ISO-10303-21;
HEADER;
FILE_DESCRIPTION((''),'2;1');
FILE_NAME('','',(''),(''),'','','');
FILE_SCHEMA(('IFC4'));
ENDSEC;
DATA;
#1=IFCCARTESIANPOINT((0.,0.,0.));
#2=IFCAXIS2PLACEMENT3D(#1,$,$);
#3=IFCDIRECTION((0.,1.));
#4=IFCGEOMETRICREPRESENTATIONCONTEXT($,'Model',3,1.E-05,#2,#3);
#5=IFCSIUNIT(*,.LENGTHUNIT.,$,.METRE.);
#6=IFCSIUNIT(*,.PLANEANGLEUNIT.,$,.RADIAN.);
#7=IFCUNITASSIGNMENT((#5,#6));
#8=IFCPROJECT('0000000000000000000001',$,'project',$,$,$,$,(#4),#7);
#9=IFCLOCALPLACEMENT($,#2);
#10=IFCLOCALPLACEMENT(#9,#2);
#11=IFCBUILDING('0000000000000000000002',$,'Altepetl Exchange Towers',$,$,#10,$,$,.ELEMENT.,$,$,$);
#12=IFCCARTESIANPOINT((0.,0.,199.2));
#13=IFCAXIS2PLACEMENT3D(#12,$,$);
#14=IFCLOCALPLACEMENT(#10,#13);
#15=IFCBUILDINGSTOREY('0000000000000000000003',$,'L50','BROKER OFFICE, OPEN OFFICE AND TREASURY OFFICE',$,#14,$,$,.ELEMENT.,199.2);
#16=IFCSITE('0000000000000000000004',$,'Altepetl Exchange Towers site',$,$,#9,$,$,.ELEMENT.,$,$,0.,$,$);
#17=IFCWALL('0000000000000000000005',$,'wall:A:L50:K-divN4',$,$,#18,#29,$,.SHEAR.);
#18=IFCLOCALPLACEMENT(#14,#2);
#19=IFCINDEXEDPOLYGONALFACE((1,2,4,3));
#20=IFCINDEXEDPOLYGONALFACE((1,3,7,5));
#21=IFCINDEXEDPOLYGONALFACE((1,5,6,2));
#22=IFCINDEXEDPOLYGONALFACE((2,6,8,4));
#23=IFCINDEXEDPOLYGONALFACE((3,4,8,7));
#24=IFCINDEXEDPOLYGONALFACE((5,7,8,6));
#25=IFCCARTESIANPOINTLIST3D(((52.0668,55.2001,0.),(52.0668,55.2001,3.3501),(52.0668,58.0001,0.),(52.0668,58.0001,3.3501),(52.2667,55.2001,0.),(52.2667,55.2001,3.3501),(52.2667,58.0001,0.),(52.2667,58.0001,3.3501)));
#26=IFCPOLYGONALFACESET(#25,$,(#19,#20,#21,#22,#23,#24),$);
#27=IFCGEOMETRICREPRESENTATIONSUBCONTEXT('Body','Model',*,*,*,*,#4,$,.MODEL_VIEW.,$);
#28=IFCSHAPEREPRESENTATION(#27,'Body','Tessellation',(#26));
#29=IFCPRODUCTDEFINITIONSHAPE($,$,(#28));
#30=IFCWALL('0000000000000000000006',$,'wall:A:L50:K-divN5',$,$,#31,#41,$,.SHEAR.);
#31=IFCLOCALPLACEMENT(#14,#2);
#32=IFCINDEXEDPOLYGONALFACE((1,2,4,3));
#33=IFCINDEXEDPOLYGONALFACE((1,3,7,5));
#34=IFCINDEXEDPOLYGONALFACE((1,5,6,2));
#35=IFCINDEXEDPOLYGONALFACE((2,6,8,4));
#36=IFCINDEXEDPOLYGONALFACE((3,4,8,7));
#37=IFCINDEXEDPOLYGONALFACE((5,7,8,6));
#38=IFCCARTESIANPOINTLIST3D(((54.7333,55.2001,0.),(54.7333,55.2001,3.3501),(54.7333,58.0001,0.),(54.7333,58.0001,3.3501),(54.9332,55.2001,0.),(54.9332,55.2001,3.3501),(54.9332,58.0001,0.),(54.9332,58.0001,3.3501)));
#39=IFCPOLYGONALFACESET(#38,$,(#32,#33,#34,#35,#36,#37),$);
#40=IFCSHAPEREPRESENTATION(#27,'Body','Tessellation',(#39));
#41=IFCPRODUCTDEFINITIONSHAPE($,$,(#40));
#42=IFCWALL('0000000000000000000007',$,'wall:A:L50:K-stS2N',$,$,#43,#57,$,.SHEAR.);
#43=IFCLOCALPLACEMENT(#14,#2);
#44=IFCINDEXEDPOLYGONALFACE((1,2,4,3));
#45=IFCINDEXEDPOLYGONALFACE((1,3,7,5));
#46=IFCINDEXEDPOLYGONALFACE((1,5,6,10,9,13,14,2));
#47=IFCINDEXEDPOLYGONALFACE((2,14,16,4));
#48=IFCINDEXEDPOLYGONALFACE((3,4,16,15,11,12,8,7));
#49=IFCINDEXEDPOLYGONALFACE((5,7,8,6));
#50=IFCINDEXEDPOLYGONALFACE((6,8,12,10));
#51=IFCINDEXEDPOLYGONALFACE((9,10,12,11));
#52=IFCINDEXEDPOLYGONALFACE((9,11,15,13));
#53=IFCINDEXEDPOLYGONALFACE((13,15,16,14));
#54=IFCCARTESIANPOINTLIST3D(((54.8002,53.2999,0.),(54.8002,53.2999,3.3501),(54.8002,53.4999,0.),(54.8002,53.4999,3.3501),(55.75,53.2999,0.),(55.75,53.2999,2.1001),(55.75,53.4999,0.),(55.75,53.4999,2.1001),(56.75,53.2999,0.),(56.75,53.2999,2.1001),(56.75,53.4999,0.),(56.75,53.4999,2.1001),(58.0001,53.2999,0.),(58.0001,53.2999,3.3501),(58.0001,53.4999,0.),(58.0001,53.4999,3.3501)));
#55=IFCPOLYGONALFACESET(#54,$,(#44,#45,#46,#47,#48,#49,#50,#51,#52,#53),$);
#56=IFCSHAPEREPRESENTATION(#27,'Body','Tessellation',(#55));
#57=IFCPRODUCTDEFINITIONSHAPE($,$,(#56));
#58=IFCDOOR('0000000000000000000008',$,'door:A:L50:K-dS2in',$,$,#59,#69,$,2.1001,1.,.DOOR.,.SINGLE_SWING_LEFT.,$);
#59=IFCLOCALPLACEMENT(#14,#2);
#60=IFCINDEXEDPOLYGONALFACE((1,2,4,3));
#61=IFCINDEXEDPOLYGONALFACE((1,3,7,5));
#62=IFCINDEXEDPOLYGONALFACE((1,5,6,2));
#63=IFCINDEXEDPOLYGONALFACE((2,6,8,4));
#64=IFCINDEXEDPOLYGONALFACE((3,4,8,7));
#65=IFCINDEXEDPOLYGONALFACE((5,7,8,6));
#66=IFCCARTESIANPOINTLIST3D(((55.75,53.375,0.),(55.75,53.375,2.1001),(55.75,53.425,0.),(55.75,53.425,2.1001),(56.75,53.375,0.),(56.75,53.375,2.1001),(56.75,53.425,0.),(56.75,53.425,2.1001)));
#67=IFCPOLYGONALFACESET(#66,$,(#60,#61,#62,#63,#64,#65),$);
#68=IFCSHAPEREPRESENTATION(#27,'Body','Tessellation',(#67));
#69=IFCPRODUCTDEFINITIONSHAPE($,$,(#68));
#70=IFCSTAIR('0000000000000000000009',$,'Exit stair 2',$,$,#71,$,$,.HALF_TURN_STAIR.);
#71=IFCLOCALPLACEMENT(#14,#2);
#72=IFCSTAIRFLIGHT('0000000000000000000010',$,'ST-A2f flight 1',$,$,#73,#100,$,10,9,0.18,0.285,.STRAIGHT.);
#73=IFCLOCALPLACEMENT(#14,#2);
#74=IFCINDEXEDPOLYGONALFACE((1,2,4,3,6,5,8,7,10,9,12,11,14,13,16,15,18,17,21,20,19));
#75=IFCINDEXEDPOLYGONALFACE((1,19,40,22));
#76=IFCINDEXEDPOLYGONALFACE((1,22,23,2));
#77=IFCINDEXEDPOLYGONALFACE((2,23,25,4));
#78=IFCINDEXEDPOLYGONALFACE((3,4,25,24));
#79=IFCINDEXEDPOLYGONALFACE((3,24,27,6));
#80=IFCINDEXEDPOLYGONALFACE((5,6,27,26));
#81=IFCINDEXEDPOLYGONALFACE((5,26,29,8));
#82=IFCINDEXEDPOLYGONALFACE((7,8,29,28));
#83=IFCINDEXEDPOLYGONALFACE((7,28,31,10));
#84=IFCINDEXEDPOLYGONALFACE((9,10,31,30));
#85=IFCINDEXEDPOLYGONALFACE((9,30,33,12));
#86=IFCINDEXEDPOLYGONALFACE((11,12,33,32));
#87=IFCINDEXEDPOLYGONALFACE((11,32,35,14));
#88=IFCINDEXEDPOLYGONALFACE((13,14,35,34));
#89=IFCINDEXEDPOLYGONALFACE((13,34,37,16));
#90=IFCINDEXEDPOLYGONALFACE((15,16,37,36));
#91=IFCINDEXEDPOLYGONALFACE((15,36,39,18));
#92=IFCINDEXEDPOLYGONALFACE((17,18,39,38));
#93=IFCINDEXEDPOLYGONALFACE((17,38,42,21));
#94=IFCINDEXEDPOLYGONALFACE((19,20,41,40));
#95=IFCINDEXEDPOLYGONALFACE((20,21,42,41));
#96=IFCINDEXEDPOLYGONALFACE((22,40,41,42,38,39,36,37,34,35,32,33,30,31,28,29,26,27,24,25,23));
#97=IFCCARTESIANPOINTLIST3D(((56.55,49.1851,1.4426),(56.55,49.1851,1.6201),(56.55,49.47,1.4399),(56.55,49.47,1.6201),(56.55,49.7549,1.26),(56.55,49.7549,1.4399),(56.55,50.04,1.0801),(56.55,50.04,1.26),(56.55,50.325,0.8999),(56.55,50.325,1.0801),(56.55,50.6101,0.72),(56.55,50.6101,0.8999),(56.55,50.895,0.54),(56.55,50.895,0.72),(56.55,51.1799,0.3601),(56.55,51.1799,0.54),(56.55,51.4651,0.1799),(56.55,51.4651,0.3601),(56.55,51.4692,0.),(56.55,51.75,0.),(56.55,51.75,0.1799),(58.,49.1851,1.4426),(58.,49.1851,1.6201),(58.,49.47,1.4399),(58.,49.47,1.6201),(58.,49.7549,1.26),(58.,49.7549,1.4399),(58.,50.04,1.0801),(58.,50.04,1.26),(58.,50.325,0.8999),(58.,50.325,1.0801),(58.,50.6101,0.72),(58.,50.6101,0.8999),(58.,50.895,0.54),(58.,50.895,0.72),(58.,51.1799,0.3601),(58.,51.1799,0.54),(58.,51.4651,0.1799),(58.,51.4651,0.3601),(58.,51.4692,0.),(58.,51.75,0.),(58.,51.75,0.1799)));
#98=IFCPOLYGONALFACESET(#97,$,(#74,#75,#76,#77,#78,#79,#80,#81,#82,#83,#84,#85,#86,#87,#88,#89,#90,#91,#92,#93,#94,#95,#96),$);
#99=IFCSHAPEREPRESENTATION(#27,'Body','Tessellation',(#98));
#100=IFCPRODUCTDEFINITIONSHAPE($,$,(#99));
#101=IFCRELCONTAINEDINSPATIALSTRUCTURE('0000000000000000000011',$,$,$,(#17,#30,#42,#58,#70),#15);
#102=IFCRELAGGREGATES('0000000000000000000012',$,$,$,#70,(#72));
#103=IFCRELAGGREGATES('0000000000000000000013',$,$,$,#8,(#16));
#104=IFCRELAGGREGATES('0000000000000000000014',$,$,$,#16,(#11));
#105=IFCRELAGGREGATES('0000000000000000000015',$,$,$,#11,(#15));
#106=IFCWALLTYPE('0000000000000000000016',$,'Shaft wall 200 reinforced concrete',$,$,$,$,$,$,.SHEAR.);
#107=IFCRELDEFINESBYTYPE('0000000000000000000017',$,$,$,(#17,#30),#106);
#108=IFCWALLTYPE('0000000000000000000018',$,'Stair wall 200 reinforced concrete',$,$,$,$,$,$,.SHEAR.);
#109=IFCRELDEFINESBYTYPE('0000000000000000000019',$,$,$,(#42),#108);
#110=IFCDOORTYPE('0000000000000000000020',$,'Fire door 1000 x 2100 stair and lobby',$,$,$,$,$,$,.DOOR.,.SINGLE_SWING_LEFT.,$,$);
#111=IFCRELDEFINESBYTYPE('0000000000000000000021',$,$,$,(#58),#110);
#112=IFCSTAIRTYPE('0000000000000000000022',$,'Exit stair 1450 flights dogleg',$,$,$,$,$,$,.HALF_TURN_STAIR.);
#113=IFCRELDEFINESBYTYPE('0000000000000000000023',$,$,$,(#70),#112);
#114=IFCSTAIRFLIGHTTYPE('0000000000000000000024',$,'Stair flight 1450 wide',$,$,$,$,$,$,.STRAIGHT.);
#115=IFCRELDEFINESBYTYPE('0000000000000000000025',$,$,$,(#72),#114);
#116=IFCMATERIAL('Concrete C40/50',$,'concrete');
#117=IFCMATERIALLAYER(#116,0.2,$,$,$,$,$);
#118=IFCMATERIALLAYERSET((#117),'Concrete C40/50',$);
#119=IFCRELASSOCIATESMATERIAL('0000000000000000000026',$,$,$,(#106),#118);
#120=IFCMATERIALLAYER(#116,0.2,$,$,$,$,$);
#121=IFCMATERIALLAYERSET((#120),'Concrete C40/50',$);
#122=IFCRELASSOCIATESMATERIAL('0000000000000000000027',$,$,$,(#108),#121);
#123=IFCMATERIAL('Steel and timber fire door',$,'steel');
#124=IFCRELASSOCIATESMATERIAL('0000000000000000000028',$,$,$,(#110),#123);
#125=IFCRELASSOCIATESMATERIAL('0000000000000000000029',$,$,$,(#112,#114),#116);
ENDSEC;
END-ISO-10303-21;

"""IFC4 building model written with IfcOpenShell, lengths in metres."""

from ifc_helpers import new_model, si_unit, direction, frame, frame_2d, origin, place, context, subcontext, project, spatial, polyline, rectangle, outline, extrude, material, layer, layer_set, type_object, element, fill, aggregate, save


model = new_model("IFC4")

# Units and contexts
model_context = context("Model", 3, precision=1e-05, world=origin(), true_north=direction((0.0, 1.0)))
body_context = subcontext(model_context, "Body", "Model", "MODEL_VIEW")
ifc_project = project(units=[si_unit("LENGTHUNIT", "METRE"), si_unit("PLANEANGLEUNIT", "RADIAN")], contexts=[model_context])

# Site, building, storey
site_placement = place(None, origin())
site = spatial("IfcSite", under=ifc_project, at=site_placement, Name="Altepetl Exchange Towers site", CompositionType="ELEMENT", RefElevation=0.0)
building_placement = place(site_placement, origin())
building = spatial("IfcBuilding", under=site, at=building_placement, Name="Altepetl Exchange Towers", CompositionType="ELEMENT")
storey_placement = place(building_placement, frame((0.0, 0.0, 199.2)))
storey = spatial("IfcBuildingStorey", under=building, at=storey_placement, Name="L50", Description="BROKER OFFICE, OPEN OFFICE AND TREASURY OFFICE", CompositionType="ELEMENT", Elevation=199.2)

# Shared definitions
ifc_material_1 = material(Name="Steel and timber fire door", Category="steel")

# Walls
ifc_material_2 = material(Name="Concrete C40/50", Category="concrete")
ifc_layer_1 = layer(ifc_material_2, 0.2)
ifc_layer_set_1 = layer_set([ifc_layer_1], Name="Concrete C40/50")
wall_type_1 = type_object("IfcWallType", Name="Shaft wall 200 reinforced concrete", PredefinedType="SHEAR", material=ifc_layer_set_1)
for number, where, z_axis, x_axis, name in (
    (1, (52.1667, 58.0, 0.0), (0.0, 0.0, 1.0), (0.0, -1.0, 0.0), "wall:A:L50:K-divN4"),
    (2, (54.8333, 58.0, 0.0), (0.0, 0.0, 1.0), (0.0, -1.0, 0.0), "wall:A:L50:K-divN5"),
):
    element("IfcWall", number, at=place(storey_placement, frame(where, z_axis=z_axis, x_axis=x_axis)), inside=storey, type_object=wall_type_1, Name=name, PredefinedType="SHEAR", context=body_context, shape_type="SweptSolid", body=[
        extrude(rectangle(XDim=2.8, YDim=0.2, at=frame_2d((1.3999, 0.0))), origin(), (0.0, 0.0, 1.0), 3.3501),
    ])

# Wall, opening, door
ifc_layer_2 = layer(ifc_material_2, 0.2)
ifc_layer_set_2 = layer_set([ifc_layer_2], Name="Concrete C40/50")
wall_type_2 = type_object("IfcWallType", Name="Stair wall 200 reinforced concrete", PredefinedType="SHEAR", material=ifc_layer_set_2)
wall_1_placement = place(storey_placement, frame((54.8, 53.3999, 0.0)))
wall_1 = element("IfcWall", 3, at=wall_1_placement, inside=storey, type_object=wall_type_2, Name="wall:A:L50:K-stS2N", PredefinedType="SHEAR", context=body_context, shape_type="SweptSolid", body=[
    extrude(rectangle(XDim=3.2, YDim=0.2, at=frame_2d((1.6001, 0.0))), origin(), (0.0, 0.0, 1.0), 3.3501),
])
opening_1_placement = place(wall_1_placement, frame((0.95, 0.0, 0.0)))
opening_1 = element("IfcOpeningElement", 4, at=opening_1_placement, cuts=wall_1, PredefinedType="OPENING", context=body_context, shape_type="SweptSolid", body=[
    extrude(rectangle(XDim=1.0, YDim=2.1001, at=frame_2d((0.5, 1.05))), frame((0.0, 0.1099, 0.0), z_axis=(0.0, -1.0, 0.0), x_axis=(1.0, 0.0, 0.0)), (0.0, 0.0, 1.0), 0.22),
])
door_type_1 = type_object("IfcDoorType", Name="Fire door 1000 x 2100 stair and lobby", OperationType="SINGLE_SWING_LEFT", PredefinedType="DOOR", material=ifc_material_1)
door_1_placement = place(opening_1_placement, frame((1.0, 0.0, 0.0), x_axis=(-1.0, 0.0, 0.0)))
door_1 = element("IfcDoor", 5, at=door_1_placement, inside=storey, type_object=door_type_1, Name="door:A:L50:K-dS2in", OperationType="SINGLE_SWING_LEFT", OverallHeight=2.1001, OverallWidth=1.0, PredefinedType="DOOR", context=body_context, shape_type="SweptSolid", body=[
    extrude(rectangle(XDim=1.0, YDim=2.1001, at=frame_2d((0.5, 1.05))), frame((0.0, 0.0249, 0.0), z_axis=(0.0, -1.0, 0.0), x_axis=(1.0, 0.0, 0.0)), (0.0, 0.0, 1.0), 0.05),
])
fill(opening_1, door_1)

# Stair, stair flight
stair_type = type_object("IfcStairType", Name="Exit stair 1450 flights dogleg", PredefinedType="HALF_TURN_STAIR", material=ifc_material_2)
stair_placement = place(storey_placement, origin())
stair = element("IfcStair", 6, at=stair_placement, inside=storey, type_object=stair_type, Name="Exit stair 2", PredefinedType="HALF_TURN_STAIR")
stair_flight_type = type_object("IfcStairFlightType", Name="Stair flight 1450 wide", PredefinedType="STRAIGHT", material=ifc_material_2)
stair_flight_placement = place(storey_placement, frame((57.2749, 51.75, 0.0), z_axis=(0.0, 0.0, 1.0), x_axis=(0.0, -1.0, 0.0)))
stair_flight = element("IfcStairFlight", 7, at=stair_flight_placement, type_object=stair_flight_type, Name="ST-A2f flight 1", NumberOfRisers=10, NumberOfTreads=9, PredefinedType="STRAIGHT", RiserHeight=0.18, TreadLength=0.285, context=body_context, shape_type="SweptSolid", body=[
    extrude(outline(polyline([(0.0, 0.0), (0.0, 0.1799), (0.2849, 0.1799), (0.2849, 0.3601), (0.5701, 0.3601), (0.5701, 0.54), (0.855, 0.54), (0.855, 0.72), (1.1399, 0.72), (1.1399, 0.8999), (1.425, 0.8999), (1.425, 1.0801), (1.71, 1.0801), (1.71, 1.26), (1.9951, 1.26), (1.9951, 1.4399), (2.28, 1.4399), (2.28, 1.6201), (2.5649, 1.6201), (2.5649, 1.8), (2.5649, 1.4426), (0.2808, 0.0), (0.0, 0.0)])), frame((0.0, 0.7251, 0.0), z_axis=(0.0, -1.0, 0.0), x_axis=(1.0, 0.0, 0.0)), (0.0, 0.0, 1.0), 1.45),
])
aggregate(stair, [stair_flight])

save(model, "model.ifc")
